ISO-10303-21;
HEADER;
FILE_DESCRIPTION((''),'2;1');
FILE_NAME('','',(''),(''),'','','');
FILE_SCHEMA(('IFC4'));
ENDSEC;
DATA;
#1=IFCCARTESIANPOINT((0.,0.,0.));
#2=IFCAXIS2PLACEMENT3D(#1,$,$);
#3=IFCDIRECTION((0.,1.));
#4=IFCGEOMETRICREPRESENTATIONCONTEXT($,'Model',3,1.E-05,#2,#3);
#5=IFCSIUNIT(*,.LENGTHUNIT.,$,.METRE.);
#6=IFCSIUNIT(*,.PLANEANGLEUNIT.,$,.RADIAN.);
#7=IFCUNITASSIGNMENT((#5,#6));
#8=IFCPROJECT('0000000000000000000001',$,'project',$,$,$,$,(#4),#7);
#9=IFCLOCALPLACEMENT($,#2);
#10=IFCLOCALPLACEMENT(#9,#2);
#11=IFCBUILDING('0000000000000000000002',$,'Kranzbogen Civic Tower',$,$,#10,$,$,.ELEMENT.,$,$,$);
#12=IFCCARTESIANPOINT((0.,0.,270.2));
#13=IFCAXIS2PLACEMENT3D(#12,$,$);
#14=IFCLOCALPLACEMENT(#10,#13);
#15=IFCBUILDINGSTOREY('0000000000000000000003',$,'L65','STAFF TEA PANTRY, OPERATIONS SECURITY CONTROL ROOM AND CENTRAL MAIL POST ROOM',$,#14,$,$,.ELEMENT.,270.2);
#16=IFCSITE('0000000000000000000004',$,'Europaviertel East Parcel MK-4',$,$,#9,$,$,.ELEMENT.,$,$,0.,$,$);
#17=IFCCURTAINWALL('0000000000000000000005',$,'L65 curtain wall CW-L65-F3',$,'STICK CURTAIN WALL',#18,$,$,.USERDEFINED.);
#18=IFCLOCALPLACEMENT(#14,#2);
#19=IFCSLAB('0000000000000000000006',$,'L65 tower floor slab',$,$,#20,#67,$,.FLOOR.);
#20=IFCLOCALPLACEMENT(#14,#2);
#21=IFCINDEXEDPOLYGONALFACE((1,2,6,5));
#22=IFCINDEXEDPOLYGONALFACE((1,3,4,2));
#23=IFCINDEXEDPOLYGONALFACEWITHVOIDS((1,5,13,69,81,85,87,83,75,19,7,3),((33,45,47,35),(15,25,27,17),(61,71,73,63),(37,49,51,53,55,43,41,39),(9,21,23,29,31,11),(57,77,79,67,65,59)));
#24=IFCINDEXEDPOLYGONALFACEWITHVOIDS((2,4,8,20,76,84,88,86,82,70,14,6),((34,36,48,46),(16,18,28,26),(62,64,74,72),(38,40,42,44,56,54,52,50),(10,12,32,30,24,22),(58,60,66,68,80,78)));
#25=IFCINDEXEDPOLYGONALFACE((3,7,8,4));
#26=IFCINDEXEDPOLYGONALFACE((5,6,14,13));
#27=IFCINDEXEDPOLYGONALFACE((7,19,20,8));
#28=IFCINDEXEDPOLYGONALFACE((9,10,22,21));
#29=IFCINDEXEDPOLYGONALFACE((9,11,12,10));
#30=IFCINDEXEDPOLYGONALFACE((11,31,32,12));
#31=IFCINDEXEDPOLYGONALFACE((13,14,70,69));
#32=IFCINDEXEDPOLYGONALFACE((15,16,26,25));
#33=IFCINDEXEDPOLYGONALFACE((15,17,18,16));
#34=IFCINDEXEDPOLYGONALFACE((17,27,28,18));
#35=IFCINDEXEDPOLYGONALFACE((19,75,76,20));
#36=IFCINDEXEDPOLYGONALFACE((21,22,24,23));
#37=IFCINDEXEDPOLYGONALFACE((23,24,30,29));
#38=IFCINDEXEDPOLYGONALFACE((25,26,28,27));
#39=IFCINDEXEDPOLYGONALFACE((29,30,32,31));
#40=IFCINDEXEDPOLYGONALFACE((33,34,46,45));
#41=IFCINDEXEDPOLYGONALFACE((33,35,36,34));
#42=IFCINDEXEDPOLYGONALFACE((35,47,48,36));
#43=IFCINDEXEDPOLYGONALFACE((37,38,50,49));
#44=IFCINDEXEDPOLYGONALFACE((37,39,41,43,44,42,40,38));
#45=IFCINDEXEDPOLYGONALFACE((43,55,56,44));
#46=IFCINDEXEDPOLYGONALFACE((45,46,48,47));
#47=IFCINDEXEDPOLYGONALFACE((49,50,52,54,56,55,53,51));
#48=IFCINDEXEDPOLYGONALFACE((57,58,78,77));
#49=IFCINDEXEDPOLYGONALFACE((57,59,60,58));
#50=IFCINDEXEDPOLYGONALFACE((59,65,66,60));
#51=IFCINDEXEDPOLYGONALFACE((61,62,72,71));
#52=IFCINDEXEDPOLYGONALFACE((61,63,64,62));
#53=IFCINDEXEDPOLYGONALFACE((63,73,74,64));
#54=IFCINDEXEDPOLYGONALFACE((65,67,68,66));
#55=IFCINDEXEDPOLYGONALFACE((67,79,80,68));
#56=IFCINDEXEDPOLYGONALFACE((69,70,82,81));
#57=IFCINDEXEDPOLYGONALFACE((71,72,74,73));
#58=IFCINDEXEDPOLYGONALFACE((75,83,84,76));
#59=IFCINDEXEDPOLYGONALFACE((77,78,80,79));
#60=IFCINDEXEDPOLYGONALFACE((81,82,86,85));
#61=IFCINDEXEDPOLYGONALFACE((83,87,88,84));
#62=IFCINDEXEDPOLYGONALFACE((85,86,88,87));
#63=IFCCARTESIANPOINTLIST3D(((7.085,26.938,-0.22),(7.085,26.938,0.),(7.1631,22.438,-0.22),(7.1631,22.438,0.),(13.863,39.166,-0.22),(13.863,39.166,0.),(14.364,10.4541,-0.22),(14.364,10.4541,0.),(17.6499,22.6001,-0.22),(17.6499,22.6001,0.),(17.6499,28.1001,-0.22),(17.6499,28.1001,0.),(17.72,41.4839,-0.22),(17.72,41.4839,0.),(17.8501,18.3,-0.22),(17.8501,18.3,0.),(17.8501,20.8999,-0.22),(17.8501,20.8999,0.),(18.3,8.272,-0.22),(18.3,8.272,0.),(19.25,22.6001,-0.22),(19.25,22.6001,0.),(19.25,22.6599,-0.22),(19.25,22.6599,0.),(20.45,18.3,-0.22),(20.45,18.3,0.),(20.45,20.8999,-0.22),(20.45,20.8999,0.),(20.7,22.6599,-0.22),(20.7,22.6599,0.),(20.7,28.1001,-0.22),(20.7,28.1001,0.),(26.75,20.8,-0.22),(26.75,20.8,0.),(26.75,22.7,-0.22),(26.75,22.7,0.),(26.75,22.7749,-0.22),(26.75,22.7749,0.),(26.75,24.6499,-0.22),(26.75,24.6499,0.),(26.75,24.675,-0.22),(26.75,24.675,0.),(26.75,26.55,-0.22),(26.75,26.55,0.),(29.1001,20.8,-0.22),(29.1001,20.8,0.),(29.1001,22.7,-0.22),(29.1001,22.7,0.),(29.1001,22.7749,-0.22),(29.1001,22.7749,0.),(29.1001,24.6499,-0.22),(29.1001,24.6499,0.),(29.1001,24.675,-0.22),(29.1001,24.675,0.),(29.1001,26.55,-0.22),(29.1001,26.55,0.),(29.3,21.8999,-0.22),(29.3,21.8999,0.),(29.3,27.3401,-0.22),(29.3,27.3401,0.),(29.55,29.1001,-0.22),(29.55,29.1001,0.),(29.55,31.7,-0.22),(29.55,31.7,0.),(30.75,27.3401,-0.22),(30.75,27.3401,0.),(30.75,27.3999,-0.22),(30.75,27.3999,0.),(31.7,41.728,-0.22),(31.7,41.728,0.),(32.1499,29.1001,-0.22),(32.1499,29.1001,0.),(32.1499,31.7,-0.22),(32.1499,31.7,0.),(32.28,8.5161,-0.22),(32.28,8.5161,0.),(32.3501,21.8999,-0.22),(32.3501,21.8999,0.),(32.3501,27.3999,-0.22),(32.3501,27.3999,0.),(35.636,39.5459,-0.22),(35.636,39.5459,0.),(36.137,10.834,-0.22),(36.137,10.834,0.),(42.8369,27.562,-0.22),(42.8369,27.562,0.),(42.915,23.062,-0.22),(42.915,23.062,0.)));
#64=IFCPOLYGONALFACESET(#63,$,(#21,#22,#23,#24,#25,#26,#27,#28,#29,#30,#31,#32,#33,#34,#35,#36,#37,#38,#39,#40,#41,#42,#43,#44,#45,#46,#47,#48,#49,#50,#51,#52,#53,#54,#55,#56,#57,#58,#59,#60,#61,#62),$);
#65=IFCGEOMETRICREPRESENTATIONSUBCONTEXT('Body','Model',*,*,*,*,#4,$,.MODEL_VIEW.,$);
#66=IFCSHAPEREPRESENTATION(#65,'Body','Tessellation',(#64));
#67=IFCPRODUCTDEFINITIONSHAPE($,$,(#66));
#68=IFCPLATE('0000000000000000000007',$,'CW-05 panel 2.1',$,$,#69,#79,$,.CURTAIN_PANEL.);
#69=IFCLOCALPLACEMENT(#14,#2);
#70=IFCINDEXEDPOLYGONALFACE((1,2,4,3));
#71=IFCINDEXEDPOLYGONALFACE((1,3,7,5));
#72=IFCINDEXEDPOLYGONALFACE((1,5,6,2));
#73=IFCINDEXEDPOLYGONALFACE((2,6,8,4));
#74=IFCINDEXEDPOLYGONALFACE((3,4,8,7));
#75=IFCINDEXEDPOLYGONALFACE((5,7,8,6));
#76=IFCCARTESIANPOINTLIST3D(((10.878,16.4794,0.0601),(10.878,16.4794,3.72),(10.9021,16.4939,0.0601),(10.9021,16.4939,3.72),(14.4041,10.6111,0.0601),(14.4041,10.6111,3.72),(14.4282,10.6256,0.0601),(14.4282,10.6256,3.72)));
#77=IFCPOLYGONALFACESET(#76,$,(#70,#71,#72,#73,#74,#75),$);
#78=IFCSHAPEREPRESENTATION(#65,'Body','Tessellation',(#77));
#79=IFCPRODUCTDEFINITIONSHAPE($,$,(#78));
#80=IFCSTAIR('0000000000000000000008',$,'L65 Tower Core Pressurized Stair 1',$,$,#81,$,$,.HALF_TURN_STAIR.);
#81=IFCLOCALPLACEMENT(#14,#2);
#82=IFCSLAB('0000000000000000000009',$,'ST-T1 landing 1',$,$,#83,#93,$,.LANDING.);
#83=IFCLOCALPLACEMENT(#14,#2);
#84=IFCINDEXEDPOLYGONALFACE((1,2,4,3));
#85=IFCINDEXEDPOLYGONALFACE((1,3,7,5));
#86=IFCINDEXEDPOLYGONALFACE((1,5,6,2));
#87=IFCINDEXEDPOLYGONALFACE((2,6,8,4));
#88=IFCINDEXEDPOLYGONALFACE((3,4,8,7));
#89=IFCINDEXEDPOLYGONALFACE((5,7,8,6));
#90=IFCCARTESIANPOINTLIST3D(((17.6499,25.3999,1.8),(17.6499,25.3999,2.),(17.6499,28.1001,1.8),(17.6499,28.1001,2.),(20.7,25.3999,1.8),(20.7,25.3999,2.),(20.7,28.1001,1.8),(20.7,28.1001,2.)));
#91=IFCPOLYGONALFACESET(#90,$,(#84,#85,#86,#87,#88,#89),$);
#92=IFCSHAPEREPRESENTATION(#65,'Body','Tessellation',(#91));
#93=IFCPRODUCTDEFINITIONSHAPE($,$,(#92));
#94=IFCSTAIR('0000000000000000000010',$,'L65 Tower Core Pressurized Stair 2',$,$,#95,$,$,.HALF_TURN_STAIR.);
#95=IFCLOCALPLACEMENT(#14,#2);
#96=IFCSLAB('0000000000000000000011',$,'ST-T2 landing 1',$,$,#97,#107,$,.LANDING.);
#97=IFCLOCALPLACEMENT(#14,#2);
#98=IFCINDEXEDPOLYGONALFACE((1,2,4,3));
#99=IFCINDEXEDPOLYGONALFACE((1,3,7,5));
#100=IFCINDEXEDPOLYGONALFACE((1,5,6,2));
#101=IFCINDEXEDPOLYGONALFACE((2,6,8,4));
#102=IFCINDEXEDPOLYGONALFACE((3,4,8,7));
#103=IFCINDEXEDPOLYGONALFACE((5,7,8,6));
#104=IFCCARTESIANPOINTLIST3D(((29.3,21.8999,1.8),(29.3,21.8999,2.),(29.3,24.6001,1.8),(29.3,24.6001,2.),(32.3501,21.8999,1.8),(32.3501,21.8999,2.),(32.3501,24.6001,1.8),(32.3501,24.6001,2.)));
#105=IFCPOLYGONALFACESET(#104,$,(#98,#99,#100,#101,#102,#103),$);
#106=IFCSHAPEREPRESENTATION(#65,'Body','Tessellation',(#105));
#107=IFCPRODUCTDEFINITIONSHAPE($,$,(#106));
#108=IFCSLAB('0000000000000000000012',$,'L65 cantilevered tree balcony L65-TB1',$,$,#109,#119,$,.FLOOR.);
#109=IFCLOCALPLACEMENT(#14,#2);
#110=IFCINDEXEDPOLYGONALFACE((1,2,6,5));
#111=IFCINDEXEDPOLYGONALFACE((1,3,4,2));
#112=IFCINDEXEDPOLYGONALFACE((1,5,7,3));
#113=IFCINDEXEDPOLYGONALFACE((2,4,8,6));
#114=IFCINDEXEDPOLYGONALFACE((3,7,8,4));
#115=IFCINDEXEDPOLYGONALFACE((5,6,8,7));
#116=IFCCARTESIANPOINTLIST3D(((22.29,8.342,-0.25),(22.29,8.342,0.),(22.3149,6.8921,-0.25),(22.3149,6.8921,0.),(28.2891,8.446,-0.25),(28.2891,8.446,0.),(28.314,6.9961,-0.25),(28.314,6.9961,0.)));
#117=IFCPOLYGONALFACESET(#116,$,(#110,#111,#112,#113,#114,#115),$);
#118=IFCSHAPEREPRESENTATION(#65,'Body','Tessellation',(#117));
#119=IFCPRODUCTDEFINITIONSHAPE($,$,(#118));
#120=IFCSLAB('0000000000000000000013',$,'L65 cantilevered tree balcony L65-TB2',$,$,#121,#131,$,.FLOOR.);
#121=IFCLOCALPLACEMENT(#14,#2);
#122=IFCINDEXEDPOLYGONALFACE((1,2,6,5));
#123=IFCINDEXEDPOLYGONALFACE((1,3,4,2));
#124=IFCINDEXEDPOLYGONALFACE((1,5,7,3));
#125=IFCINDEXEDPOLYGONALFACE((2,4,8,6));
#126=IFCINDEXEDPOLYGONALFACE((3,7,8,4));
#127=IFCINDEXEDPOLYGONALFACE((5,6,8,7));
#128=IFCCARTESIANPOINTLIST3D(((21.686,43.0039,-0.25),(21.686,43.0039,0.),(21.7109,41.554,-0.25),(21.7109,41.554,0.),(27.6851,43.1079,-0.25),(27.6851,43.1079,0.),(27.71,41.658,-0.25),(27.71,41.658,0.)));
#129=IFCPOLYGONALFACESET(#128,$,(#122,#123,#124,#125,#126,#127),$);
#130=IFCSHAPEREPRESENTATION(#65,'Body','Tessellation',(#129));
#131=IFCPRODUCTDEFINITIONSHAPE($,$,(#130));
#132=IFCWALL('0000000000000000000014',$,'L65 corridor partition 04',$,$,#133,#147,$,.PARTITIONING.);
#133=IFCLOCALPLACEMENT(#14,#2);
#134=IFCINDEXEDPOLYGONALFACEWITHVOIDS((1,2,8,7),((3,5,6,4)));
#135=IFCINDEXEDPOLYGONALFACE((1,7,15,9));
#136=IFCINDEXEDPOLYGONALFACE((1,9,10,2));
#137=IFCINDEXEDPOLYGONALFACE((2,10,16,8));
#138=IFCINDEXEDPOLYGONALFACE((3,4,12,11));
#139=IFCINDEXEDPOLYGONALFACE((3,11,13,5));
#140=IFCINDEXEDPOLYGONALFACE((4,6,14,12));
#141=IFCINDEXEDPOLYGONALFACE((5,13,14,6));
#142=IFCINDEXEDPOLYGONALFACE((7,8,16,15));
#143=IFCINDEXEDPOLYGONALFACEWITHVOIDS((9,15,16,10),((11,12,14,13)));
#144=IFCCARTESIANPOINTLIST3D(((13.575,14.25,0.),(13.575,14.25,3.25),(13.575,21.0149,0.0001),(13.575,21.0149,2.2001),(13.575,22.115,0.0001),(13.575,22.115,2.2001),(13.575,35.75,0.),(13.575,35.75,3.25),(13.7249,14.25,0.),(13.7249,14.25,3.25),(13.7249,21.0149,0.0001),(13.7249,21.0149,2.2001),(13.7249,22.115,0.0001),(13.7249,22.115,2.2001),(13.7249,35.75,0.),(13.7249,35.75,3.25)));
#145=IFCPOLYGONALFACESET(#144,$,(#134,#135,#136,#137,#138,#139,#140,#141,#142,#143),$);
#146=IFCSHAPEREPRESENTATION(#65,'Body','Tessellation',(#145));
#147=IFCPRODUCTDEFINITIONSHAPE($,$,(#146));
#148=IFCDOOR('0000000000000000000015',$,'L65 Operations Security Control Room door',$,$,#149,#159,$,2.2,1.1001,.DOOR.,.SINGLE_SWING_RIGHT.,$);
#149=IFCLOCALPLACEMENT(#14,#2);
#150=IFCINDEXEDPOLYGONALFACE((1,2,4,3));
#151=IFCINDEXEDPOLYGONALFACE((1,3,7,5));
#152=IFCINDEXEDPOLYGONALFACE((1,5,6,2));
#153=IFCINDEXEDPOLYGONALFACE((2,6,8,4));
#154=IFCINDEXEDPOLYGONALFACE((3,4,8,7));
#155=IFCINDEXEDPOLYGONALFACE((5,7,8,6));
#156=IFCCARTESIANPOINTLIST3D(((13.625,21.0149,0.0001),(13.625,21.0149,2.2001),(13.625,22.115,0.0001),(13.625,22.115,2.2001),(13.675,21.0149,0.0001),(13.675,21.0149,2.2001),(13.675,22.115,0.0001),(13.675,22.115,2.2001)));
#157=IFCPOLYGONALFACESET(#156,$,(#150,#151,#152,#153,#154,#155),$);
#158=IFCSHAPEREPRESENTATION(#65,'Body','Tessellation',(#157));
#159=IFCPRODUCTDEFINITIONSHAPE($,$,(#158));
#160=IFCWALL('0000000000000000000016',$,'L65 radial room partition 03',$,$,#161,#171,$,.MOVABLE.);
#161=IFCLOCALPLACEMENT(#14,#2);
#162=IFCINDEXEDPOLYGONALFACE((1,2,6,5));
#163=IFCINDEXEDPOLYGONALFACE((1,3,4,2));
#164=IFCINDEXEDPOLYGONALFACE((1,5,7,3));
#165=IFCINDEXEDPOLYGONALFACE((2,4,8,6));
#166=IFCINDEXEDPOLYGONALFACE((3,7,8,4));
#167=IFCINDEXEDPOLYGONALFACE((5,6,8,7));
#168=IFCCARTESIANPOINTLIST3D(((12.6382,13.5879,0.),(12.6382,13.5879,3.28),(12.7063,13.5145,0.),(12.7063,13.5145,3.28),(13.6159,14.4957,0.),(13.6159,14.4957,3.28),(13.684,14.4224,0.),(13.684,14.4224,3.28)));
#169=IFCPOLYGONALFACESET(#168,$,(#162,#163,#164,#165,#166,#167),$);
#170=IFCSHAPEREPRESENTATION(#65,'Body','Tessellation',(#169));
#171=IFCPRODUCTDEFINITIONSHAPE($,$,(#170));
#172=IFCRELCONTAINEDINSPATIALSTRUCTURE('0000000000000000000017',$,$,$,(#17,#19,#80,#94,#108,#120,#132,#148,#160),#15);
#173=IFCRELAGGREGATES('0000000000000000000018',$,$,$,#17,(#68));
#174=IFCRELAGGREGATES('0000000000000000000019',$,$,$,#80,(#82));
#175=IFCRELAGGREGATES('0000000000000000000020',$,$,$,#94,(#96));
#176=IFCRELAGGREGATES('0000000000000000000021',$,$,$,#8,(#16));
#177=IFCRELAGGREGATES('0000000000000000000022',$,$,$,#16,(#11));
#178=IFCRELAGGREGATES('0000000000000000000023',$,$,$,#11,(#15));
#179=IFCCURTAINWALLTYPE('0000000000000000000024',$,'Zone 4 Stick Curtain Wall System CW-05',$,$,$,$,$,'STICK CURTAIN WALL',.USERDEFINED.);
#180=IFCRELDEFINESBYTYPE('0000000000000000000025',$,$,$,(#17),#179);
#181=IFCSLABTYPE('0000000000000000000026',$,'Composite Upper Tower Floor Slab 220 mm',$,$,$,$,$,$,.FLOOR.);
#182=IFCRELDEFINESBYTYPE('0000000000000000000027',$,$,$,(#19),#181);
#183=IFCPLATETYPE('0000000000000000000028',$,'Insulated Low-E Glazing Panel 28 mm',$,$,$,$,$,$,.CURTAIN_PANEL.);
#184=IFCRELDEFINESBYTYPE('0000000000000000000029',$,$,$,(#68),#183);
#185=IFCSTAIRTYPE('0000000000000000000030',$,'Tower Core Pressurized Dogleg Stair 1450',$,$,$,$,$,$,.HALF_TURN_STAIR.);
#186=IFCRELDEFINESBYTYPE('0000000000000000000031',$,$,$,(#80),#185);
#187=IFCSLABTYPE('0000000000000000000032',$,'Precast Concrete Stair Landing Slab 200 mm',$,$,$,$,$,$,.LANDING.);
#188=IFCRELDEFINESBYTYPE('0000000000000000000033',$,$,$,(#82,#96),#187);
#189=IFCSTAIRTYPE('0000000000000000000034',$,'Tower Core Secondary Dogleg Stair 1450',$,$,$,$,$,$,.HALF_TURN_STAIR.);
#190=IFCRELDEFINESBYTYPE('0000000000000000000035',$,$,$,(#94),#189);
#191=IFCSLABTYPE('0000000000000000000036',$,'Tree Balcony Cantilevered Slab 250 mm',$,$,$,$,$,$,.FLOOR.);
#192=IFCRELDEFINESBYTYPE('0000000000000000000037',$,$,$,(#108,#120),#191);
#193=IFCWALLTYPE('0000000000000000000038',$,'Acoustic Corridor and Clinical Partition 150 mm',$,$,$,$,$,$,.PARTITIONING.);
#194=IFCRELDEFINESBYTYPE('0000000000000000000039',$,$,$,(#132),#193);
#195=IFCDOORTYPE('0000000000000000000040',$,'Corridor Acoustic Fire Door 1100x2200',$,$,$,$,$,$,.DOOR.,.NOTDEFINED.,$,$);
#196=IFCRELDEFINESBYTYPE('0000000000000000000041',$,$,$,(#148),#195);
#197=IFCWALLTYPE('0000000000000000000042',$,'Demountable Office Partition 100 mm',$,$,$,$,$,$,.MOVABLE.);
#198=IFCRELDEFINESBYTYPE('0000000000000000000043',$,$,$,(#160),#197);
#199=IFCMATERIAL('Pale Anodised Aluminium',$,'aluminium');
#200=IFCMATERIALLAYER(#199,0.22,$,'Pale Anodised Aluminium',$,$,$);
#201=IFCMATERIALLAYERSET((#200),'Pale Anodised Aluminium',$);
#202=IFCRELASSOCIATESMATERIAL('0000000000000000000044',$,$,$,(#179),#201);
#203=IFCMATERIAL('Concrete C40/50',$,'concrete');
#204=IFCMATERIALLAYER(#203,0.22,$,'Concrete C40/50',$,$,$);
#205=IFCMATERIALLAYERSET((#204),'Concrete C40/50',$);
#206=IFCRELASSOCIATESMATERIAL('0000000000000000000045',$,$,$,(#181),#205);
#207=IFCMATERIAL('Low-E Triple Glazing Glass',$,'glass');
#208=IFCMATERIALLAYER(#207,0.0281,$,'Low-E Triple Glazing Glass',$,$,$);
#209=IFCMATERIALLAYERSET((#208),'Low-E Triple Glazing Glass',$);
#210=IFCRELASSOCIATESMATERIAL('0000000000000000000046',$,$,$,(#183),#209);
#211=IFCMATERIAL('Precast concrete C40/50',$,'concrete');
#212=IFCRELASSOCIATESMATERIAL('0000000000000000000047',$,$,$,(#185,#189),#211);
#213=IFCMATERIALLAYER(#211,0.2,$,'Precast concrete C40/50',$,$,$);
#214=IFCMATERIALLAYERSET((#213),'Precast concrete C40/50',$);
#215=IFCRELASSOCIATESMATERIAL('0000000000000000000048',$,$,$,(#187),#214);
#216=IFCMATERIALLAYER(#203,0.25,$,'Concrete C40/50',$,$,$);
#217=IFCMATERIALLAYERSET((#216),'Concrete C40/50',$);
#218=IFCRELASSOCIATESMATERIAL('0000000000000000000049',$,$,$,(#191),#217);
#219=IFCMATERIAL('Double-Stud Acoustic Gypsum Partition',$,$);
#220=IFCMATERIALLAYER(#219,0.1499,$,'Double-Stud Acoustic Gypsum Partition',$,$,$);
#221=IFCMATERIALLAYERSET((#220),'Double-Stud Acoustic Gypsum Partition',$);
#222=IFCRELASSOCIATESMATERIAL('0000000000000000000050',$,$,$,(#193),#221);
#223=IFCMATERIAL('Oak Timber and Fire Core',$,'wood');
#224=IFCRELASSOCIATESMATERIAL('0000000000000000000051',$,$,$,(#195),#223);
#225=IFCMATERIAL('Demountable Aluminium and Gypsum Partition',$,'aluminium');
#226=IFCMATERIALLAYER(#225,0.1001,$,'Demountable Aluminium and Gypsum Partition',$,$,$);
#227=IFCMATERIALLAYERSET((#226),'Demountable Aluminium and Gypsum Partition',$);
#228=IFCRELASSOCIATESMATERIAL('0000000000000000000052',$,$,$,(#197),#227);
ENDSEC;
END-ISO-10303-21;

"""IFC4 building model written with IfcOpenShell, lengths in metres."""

from ifc_helpers import new_model, si_unit, direction, frame, frame_2d, origin, origin_2d, place, context, subcontext, project, spatial, polyline, rectangle, outline, extrude, material, layer, layer_set, type_object, element, fill, aggregate, save


model = new_model("IFC4")

# Units and contexts
model_context = context("Model", 3, precision=1e-05, world=origin(), true_north=direction((0.0, 1.0)))
body_context = subcontext(model_context, "Body", "Model", "MODEL_VIEW")
ifc_project = project(units=[si_unit("LENGTHUNIT", "METRE"), si_unit("PLANEANGLEUNIT", "RADIAN")], contexts=[model_context])

# Site, building, storey
site_placement = place(None, origin())
site = spatial("IfcSite", under=ifc_project, at=site_placement, Name="Europaviertel East Parcel MK-4", CompositionType="ELEMENT", RefElevation=0.0)
building_placement = place(site_placement, origin())
building = spatial("IfcBuilding", under=site, at=building_placement, Name="Kranzbogen Civic Tower", CompositionType="ELEMENT")
storey_placement = place(building_placement, frame((0.0, 0.0, 270.2)))
storey = spatial("IfcBuildingStorey", under=building, at=storey_placement, Name="L65", Description="STAFF TEA PANTRY, OPERATIONS SECURITY CONTROL ROOM AND CENTRAL MAIL POST ROOM", CompositionType="ELEMENT", Elevation=270.2)

# Curtain wall
ifc_material_1 = material(Name="Pale Anodised Aluminium", Category="aluminium")
ifc_layer_1 = layer(ifc_material_1, 0.22, Name="Pale Anodised Aluminium")
ifc_layer_set_1 = layer_set([ifc_layer_1], Name="Pale Anodised Aluminium")
curtain_wall_type = type_object("IfcCurtainWallType", Name="Zone 4 Stick Curtain Wall System CW-05", ElementType="STICK CURTAIN WALL", PredefinedType="USERDEFINED", material=ifc_layer_set_1)
curtain_wall_1_placement = place(storey_placement, origin())
curtain_wall_1 = element("IfcCurtainWall", 1, at=curtain_wall_1_placement, inside=storey, type_object=curtain_wall_type, Name="L65 curtain wall CW-L65-F3", ObjectType="STICK CURTAIN WALL", PredefinedType="USERDEFINED")

# Slab
ifc_material_2 = material(Name="Concrete C40/50", Category="concrete")
ifc_layer_2 = layer(ifc_material_2, 0.22, Name="Concrete C40/50")
ifc_layer_set_2 = layer_set([ifc_layer_2], Name="Concrete C40/50")
slab_type_1 = type_object("IfcSlabType", Name="Composite Upper Tower Floor Slab 220 mm", PredefinedType="FLOOR", material=ifc_layer_set_2)
slab_1_placement = place(storey_placement, frame((0.0, 0.0, -0.22)))
element("IfcSlab", 2, at=slab_1_placement, inside=storey, type_object=slab_type_1, Name="L65 tower floor slab", PredefinedType="FLOOR", context=body_context, shape_type="SweptSolid", body=[
    extrude(outline(polyline([(31.7, 41.728), (17.72, 41.4839), (13.863, 39.166), (7.085, 26.938), (7.1631, 22.438), (14.364, 10.4541), (18.3, 8.272), (32.28, 8.5161), (36.137, 10.834), (42.915, 23.062), (42.8369, 27.562), (35.636, 39.5459), (31.7, 41.728)]), holes=[polyline([(17.8501, 20.8999), (20.45, 20.8999), (20.45, 18.3), (17.8501, 18.3), (17.8501, 20.8999)]), polyline([(29.1001, 22.7), (29.1001, 20.8), (26.75, 20.8), (26.75, 22.7), (29.1001, 22.7)]), polyline([(29.1001, 24.6499), (29.1001, 22.7749), (26.75, 22.7749), (26.75, 24.6499), (26.75, 24.675), (26.75, 26.55), (29.1001, 26.55), (29.1001, 24.675), (29.1001, 24.6499)]), polyline([(29.3, 27.3401), (30.75, 27.3401), (30.75, 27.3999), (32.3501, 27.3999), (32.3501, 21.8999), (29.3, 21.8999), (29.3, 27.3401)]), polyline([(20.7, 22.6599), (19.25, 22.6599), (19.25, 22.6001), (17.6499, 22.6001), (17.6499, 28.1001), (20.7, 28.1001), (20.7, 22.6599)]), polyline([(32.1499, 31.7), (32.1499, 29.1001), (29.55, 29.1001), (29.55, 31.7), (32.1499, 31.7)])]), origin(), (0.0, 0.0, 1.0), 0.22),
])

# Plate
ifc_material_3 = material(Name="Low-E Triple Glazing Glass", Category="glass")
ifc_layer_3 = layer(ifc_material_3, 0.0281, Name="Low-E Triple Glazing Glass")
ifc_layer_set_3 = layer_set([ifc_layer_3], Name="Low-E Triple Glazing Glass")
plate_type = type_object("IfcPlateType", Name="Insulated Low-E Glazing Panel 28 mm", PredefinedType="CURTAIN_PANEL", material=ifc_layer_set_3)
plate_placement = place(storey_placement, frame((12.6531, 13.5525, 0.0601), z_axis=(0.0, 0.0, 1.0), x_axis=(0.515047, -0.857162, 0.0)))
plate = element("IfcPlate", 3, at=plate_placement, type_object=plate_type, Name="CW-05 panel 2.1", PredefinedType="CURTAIN_PANEL", context=body_context, shape_type="SweptSolid", body=[
    extrude(rectangle(XDim=6.8462, YDim=0.0281, at=origin_2d()), origin(), (0.0, 0.0, 1.0), 3.6599),
])
aggregate(curtain_wall_1, [plate])

# Stairs, slabs
ifc_material_4 = material(Name="Precast concrete C40/50", Category="concrete")
stair_type_1 = type_object("IfcStairType", Name="Tower Core Pressurized Dogleg Stair 1450", PredefinedType="HALF_TURN_STAIR", material=ifc_material_4)
stair_1_placement = place(storey_placement, origin())
stair_1 = element("IfcStair", 4, at=stair_1_placement, inside=storey, type_object=stair_type_1, Name="L65 Tower Core Pressurized Stair 1", PredefinedType="HALF_TURN_STAIR")
ifc_layer_4 = layer(ifc_material_4, 0.2, Name="Precast concrete C40/50")
ifc_layer_set_4 = layer_set([ifc_layer_4], Name="Precast concrete C40/50")
slab_type_2 = type_object("IfcSlabType", Name="Precast Concrete Stair Landing Slab 200 mm", PredefinedType="LANDING", material=ifc_layer_set_4)
slab_2_placement = place(storey_placement, frame((0.0, 0.0, 1.8)))
slab_2 = element("IfcSlab", 5, at=slab_2_placement, type_object=slab_type_2, Name="ST-T1 landing 1", PredefinedType="LANDING", context=body_context, shape_type="SweptSolid", body=[
    extrude(outline(polyline([(20.7, 25.3999), (20.7, 28.1001), (17.6499, 28.1001), (17.6499, 25.3999), (20.7, 25.3999)])), origin(), (0.0, 0.0, 1.0), 0.2),
])
aggregate(stair_1, [slab_2])
stair_type_2 = type_object("IfcStairType", Name="Tower Core Secondary Dogleg Stair 1450", PredefinedType="HALF_TURN_STAIR", material=ifc_material_4)
stair_2_placement = place(storey_placement, origin())
stair_2 = element("IfcStair", 6, at=stair_2_placement, inside=storey, type_object=stair_type_2, Name="L65 Tower Core Pressurized Stair 2", PredefinedType="HALF_TURN_STAIR")
slab_3_placement = place(storey_placement, frame((0.0, 0.0, 1.8)))
slab_3 = element("IfcSlab", 7, at=slab_3_placement, type_object=slab_type_2, Name="ST-T2 landing 1", PredefinedType="LANDING", context=body_context, shape_type="SweptSolid", body=[
    extrude(outline(polyline([(29.3, 24.6001), (29.3, 21.8999), (32.3501, 21.8999), (32.3501, 24.6001), (29.3, 24.6001)])), origin(), (0.0, 0.0, 1.0), 0.2),
])
aggregate(stair_2, [slab_3])

# Slabs
ifc_layer_5 = layer(ifc_material_2, 0.25, Name="Concrete C40/50")
ifc_layer_set_5 = layer_set([ifc_layer_5], Name="Concrete C40/50")
slab_type_3 = type_object("IfcSlabType", Name="Tree Balcony Cantilevered Slab 250 mm", PredefinedType="FLOOR", material=ifc_layer_set_5)
slab_4_placement = place(storey_placement, frame((0.0, 0.0, -0.25)))
element("IfcSlab", 8, at=slab_4_placement, inside=storey, type_object=slab_type_3, Name="L65 cantilevered tree balcony L65-TB1", PredefinedType="FLOOR", context=body_context, shape_type="SweptSolid", body=[
    extrude(outline(polyline([(22.29, 8.342), (28.2891, 8.446), (28.314, 6.9961), (22.3149, 6.8921), (22.29, 8.342)])), origin(), (0.0, 0.0, 1.0), 0.25),
])
slab_5_placement = place(storey_placement, frame((0.0, 0.0, -0.25)))
element("IfcSlab", 9, at=slab_5_placement, inside=storey, type_object=slab_type_3, Name="L65 cantilevered tree balcony L65-TB2", PredefinedType="FLOOR", context=body_context, shape_type="SweptSolid", body=[
    extrude(outline(polyline([(27.71, 41.658), (21.7109, 41.554), (21.686, 43.0039), (27.6851, 43.1079), (27.71, 41.658)])), origin(), (0.0, 0.0, 1.0), 0.25),
])

# Wall, opening, door
ifc_material_5 = material(Name="Double-Stud Acoustic Gypsum Partition")
ifc_layer_6 = layer(ifc_material_5, 0.1499, Name="Double-Stud Acoustic Gypsum Partition")
ifc_layer_set_6 = layer_set([ifc_layer_6], Name="Double-Stud Acoustic Gypsum Partition")
wall_type_1 = type_object("IfcWallType", Name="Acoustic Corridor and Clinical Partition 150 mm", PredefinedType="PARTITIONING", material=ifc_layer_set_6)
wall_1_placement = place(storey_placement, frame((13.6499, 14.25, 0.0), z_axis=(0.0, 0.0, 1.0), x_axis=(0.0, 1.0, 0.0)))
wall_1 = element("IfcWall", 10, at=wall_1_placement, inside=storey, type_object=wall_type_1, Name="L65 corridor partition 04", PredefinedType="PARTITIONING", context=body_context, shape_type="SweptSolid", body=[
    extrude(rectangle(XDim=21.5, YDim=0.1499, at=frame_2d((10.75, 0.0))), origin(), (0.0, 0.0, 1.0), 3.25),
])
opening_placement = place(wall_1_placement, frame((6.7649, 0.0, 0.0)))
opening = element("IfcOpeningElement", 11, at=opening_placement, cuts=wall_1, PredefinedType="OPENING", context=body_context, shape_type="SweptSolid", body=[
    extrude(rectangle(XDim=1.1001, YDim=2.2, at=frame_2d((0.55, 1.1001))), frame((0.0, 0.085, 0.0), z_axis=(0.0, -1.0, 0.0), x_axis=(1.0, 0.0, 0.0)), (0.0, 0.0, 1.0), 0.1699),
])
ifc_material_6 = material(Name="Oak Timber and Fire Core", Category="wood")
door_type = type_object("IfcDoorType", Name="Corridor Acoustic Fire Door 1100x2200", OperationType="NOTDEFINED", PredefinedType="DOOR", material=ifc_material_6)
door_placement = place(opening_placement, origin())
door = element("IfcDoor", 12, at=door_placement, inside=storey, type_object=door_type, Name="L65 Operations Security Control Room door", OperationType="SINGLE_SWING_RIGHT", OverallHeight=2.2, OverallWidth=1.1001, PredefinedType="DOOR", context=body_context, shape_type="SweptSolid", body=[
    extrude(rectangle(XDim=1.1001, YDim=2.2, at=frame_2d((0.55, 1.1001))), frame((0.0, 0.0249, 0.0), z_axis=(0.0, -1.0, 0.0), x_axis=(1.0, 0.0, 0.0)), (0.0, 0.0, 1.0), 0.05),
])
fill(opening, door)

# Wall
ifc_material_7 = material(Name="Demountable Aluminium and Gypsum Partition", Category="aluminium")
ifc_layer_7 = layer(ifc_material_7, 0.1001, Name="Demountable Aluminium and Gypsum Partition")
ifc_layer_set_7 = layer_set([ifc_layer_7], Name="Demountable Aluminium and Gypsum Partition")
wall_type_2 = type_object("IfcWallType", Name="Demountable Office Partition 100 mm", PredefinedType="MOVABLE", material=ifc_layer_set_7)
wall_2_placement = place(storey_placement, frame((13.6499, 14.459, 0.0), z_axis=(0.0, 0.0, 1.0), x_axis=(-0.732787, -0.680458, 0.0)))
element("IfcWall", 13, at=wall_2_placement, inside=storey, type_object=wall_type_2, Name="L65 radial room partition 03", PredefinedType="MOVABLE", context=body_context, shape_type="SweptSolid", body=[
    extrude(rectangle(XDim=1.3342, YDim=0.1001, at=frame_2d((0.667, 0.0))), origin(), (0.0, 0.0, 1.0), 3.28),
])

save(model, "model.ifc")
